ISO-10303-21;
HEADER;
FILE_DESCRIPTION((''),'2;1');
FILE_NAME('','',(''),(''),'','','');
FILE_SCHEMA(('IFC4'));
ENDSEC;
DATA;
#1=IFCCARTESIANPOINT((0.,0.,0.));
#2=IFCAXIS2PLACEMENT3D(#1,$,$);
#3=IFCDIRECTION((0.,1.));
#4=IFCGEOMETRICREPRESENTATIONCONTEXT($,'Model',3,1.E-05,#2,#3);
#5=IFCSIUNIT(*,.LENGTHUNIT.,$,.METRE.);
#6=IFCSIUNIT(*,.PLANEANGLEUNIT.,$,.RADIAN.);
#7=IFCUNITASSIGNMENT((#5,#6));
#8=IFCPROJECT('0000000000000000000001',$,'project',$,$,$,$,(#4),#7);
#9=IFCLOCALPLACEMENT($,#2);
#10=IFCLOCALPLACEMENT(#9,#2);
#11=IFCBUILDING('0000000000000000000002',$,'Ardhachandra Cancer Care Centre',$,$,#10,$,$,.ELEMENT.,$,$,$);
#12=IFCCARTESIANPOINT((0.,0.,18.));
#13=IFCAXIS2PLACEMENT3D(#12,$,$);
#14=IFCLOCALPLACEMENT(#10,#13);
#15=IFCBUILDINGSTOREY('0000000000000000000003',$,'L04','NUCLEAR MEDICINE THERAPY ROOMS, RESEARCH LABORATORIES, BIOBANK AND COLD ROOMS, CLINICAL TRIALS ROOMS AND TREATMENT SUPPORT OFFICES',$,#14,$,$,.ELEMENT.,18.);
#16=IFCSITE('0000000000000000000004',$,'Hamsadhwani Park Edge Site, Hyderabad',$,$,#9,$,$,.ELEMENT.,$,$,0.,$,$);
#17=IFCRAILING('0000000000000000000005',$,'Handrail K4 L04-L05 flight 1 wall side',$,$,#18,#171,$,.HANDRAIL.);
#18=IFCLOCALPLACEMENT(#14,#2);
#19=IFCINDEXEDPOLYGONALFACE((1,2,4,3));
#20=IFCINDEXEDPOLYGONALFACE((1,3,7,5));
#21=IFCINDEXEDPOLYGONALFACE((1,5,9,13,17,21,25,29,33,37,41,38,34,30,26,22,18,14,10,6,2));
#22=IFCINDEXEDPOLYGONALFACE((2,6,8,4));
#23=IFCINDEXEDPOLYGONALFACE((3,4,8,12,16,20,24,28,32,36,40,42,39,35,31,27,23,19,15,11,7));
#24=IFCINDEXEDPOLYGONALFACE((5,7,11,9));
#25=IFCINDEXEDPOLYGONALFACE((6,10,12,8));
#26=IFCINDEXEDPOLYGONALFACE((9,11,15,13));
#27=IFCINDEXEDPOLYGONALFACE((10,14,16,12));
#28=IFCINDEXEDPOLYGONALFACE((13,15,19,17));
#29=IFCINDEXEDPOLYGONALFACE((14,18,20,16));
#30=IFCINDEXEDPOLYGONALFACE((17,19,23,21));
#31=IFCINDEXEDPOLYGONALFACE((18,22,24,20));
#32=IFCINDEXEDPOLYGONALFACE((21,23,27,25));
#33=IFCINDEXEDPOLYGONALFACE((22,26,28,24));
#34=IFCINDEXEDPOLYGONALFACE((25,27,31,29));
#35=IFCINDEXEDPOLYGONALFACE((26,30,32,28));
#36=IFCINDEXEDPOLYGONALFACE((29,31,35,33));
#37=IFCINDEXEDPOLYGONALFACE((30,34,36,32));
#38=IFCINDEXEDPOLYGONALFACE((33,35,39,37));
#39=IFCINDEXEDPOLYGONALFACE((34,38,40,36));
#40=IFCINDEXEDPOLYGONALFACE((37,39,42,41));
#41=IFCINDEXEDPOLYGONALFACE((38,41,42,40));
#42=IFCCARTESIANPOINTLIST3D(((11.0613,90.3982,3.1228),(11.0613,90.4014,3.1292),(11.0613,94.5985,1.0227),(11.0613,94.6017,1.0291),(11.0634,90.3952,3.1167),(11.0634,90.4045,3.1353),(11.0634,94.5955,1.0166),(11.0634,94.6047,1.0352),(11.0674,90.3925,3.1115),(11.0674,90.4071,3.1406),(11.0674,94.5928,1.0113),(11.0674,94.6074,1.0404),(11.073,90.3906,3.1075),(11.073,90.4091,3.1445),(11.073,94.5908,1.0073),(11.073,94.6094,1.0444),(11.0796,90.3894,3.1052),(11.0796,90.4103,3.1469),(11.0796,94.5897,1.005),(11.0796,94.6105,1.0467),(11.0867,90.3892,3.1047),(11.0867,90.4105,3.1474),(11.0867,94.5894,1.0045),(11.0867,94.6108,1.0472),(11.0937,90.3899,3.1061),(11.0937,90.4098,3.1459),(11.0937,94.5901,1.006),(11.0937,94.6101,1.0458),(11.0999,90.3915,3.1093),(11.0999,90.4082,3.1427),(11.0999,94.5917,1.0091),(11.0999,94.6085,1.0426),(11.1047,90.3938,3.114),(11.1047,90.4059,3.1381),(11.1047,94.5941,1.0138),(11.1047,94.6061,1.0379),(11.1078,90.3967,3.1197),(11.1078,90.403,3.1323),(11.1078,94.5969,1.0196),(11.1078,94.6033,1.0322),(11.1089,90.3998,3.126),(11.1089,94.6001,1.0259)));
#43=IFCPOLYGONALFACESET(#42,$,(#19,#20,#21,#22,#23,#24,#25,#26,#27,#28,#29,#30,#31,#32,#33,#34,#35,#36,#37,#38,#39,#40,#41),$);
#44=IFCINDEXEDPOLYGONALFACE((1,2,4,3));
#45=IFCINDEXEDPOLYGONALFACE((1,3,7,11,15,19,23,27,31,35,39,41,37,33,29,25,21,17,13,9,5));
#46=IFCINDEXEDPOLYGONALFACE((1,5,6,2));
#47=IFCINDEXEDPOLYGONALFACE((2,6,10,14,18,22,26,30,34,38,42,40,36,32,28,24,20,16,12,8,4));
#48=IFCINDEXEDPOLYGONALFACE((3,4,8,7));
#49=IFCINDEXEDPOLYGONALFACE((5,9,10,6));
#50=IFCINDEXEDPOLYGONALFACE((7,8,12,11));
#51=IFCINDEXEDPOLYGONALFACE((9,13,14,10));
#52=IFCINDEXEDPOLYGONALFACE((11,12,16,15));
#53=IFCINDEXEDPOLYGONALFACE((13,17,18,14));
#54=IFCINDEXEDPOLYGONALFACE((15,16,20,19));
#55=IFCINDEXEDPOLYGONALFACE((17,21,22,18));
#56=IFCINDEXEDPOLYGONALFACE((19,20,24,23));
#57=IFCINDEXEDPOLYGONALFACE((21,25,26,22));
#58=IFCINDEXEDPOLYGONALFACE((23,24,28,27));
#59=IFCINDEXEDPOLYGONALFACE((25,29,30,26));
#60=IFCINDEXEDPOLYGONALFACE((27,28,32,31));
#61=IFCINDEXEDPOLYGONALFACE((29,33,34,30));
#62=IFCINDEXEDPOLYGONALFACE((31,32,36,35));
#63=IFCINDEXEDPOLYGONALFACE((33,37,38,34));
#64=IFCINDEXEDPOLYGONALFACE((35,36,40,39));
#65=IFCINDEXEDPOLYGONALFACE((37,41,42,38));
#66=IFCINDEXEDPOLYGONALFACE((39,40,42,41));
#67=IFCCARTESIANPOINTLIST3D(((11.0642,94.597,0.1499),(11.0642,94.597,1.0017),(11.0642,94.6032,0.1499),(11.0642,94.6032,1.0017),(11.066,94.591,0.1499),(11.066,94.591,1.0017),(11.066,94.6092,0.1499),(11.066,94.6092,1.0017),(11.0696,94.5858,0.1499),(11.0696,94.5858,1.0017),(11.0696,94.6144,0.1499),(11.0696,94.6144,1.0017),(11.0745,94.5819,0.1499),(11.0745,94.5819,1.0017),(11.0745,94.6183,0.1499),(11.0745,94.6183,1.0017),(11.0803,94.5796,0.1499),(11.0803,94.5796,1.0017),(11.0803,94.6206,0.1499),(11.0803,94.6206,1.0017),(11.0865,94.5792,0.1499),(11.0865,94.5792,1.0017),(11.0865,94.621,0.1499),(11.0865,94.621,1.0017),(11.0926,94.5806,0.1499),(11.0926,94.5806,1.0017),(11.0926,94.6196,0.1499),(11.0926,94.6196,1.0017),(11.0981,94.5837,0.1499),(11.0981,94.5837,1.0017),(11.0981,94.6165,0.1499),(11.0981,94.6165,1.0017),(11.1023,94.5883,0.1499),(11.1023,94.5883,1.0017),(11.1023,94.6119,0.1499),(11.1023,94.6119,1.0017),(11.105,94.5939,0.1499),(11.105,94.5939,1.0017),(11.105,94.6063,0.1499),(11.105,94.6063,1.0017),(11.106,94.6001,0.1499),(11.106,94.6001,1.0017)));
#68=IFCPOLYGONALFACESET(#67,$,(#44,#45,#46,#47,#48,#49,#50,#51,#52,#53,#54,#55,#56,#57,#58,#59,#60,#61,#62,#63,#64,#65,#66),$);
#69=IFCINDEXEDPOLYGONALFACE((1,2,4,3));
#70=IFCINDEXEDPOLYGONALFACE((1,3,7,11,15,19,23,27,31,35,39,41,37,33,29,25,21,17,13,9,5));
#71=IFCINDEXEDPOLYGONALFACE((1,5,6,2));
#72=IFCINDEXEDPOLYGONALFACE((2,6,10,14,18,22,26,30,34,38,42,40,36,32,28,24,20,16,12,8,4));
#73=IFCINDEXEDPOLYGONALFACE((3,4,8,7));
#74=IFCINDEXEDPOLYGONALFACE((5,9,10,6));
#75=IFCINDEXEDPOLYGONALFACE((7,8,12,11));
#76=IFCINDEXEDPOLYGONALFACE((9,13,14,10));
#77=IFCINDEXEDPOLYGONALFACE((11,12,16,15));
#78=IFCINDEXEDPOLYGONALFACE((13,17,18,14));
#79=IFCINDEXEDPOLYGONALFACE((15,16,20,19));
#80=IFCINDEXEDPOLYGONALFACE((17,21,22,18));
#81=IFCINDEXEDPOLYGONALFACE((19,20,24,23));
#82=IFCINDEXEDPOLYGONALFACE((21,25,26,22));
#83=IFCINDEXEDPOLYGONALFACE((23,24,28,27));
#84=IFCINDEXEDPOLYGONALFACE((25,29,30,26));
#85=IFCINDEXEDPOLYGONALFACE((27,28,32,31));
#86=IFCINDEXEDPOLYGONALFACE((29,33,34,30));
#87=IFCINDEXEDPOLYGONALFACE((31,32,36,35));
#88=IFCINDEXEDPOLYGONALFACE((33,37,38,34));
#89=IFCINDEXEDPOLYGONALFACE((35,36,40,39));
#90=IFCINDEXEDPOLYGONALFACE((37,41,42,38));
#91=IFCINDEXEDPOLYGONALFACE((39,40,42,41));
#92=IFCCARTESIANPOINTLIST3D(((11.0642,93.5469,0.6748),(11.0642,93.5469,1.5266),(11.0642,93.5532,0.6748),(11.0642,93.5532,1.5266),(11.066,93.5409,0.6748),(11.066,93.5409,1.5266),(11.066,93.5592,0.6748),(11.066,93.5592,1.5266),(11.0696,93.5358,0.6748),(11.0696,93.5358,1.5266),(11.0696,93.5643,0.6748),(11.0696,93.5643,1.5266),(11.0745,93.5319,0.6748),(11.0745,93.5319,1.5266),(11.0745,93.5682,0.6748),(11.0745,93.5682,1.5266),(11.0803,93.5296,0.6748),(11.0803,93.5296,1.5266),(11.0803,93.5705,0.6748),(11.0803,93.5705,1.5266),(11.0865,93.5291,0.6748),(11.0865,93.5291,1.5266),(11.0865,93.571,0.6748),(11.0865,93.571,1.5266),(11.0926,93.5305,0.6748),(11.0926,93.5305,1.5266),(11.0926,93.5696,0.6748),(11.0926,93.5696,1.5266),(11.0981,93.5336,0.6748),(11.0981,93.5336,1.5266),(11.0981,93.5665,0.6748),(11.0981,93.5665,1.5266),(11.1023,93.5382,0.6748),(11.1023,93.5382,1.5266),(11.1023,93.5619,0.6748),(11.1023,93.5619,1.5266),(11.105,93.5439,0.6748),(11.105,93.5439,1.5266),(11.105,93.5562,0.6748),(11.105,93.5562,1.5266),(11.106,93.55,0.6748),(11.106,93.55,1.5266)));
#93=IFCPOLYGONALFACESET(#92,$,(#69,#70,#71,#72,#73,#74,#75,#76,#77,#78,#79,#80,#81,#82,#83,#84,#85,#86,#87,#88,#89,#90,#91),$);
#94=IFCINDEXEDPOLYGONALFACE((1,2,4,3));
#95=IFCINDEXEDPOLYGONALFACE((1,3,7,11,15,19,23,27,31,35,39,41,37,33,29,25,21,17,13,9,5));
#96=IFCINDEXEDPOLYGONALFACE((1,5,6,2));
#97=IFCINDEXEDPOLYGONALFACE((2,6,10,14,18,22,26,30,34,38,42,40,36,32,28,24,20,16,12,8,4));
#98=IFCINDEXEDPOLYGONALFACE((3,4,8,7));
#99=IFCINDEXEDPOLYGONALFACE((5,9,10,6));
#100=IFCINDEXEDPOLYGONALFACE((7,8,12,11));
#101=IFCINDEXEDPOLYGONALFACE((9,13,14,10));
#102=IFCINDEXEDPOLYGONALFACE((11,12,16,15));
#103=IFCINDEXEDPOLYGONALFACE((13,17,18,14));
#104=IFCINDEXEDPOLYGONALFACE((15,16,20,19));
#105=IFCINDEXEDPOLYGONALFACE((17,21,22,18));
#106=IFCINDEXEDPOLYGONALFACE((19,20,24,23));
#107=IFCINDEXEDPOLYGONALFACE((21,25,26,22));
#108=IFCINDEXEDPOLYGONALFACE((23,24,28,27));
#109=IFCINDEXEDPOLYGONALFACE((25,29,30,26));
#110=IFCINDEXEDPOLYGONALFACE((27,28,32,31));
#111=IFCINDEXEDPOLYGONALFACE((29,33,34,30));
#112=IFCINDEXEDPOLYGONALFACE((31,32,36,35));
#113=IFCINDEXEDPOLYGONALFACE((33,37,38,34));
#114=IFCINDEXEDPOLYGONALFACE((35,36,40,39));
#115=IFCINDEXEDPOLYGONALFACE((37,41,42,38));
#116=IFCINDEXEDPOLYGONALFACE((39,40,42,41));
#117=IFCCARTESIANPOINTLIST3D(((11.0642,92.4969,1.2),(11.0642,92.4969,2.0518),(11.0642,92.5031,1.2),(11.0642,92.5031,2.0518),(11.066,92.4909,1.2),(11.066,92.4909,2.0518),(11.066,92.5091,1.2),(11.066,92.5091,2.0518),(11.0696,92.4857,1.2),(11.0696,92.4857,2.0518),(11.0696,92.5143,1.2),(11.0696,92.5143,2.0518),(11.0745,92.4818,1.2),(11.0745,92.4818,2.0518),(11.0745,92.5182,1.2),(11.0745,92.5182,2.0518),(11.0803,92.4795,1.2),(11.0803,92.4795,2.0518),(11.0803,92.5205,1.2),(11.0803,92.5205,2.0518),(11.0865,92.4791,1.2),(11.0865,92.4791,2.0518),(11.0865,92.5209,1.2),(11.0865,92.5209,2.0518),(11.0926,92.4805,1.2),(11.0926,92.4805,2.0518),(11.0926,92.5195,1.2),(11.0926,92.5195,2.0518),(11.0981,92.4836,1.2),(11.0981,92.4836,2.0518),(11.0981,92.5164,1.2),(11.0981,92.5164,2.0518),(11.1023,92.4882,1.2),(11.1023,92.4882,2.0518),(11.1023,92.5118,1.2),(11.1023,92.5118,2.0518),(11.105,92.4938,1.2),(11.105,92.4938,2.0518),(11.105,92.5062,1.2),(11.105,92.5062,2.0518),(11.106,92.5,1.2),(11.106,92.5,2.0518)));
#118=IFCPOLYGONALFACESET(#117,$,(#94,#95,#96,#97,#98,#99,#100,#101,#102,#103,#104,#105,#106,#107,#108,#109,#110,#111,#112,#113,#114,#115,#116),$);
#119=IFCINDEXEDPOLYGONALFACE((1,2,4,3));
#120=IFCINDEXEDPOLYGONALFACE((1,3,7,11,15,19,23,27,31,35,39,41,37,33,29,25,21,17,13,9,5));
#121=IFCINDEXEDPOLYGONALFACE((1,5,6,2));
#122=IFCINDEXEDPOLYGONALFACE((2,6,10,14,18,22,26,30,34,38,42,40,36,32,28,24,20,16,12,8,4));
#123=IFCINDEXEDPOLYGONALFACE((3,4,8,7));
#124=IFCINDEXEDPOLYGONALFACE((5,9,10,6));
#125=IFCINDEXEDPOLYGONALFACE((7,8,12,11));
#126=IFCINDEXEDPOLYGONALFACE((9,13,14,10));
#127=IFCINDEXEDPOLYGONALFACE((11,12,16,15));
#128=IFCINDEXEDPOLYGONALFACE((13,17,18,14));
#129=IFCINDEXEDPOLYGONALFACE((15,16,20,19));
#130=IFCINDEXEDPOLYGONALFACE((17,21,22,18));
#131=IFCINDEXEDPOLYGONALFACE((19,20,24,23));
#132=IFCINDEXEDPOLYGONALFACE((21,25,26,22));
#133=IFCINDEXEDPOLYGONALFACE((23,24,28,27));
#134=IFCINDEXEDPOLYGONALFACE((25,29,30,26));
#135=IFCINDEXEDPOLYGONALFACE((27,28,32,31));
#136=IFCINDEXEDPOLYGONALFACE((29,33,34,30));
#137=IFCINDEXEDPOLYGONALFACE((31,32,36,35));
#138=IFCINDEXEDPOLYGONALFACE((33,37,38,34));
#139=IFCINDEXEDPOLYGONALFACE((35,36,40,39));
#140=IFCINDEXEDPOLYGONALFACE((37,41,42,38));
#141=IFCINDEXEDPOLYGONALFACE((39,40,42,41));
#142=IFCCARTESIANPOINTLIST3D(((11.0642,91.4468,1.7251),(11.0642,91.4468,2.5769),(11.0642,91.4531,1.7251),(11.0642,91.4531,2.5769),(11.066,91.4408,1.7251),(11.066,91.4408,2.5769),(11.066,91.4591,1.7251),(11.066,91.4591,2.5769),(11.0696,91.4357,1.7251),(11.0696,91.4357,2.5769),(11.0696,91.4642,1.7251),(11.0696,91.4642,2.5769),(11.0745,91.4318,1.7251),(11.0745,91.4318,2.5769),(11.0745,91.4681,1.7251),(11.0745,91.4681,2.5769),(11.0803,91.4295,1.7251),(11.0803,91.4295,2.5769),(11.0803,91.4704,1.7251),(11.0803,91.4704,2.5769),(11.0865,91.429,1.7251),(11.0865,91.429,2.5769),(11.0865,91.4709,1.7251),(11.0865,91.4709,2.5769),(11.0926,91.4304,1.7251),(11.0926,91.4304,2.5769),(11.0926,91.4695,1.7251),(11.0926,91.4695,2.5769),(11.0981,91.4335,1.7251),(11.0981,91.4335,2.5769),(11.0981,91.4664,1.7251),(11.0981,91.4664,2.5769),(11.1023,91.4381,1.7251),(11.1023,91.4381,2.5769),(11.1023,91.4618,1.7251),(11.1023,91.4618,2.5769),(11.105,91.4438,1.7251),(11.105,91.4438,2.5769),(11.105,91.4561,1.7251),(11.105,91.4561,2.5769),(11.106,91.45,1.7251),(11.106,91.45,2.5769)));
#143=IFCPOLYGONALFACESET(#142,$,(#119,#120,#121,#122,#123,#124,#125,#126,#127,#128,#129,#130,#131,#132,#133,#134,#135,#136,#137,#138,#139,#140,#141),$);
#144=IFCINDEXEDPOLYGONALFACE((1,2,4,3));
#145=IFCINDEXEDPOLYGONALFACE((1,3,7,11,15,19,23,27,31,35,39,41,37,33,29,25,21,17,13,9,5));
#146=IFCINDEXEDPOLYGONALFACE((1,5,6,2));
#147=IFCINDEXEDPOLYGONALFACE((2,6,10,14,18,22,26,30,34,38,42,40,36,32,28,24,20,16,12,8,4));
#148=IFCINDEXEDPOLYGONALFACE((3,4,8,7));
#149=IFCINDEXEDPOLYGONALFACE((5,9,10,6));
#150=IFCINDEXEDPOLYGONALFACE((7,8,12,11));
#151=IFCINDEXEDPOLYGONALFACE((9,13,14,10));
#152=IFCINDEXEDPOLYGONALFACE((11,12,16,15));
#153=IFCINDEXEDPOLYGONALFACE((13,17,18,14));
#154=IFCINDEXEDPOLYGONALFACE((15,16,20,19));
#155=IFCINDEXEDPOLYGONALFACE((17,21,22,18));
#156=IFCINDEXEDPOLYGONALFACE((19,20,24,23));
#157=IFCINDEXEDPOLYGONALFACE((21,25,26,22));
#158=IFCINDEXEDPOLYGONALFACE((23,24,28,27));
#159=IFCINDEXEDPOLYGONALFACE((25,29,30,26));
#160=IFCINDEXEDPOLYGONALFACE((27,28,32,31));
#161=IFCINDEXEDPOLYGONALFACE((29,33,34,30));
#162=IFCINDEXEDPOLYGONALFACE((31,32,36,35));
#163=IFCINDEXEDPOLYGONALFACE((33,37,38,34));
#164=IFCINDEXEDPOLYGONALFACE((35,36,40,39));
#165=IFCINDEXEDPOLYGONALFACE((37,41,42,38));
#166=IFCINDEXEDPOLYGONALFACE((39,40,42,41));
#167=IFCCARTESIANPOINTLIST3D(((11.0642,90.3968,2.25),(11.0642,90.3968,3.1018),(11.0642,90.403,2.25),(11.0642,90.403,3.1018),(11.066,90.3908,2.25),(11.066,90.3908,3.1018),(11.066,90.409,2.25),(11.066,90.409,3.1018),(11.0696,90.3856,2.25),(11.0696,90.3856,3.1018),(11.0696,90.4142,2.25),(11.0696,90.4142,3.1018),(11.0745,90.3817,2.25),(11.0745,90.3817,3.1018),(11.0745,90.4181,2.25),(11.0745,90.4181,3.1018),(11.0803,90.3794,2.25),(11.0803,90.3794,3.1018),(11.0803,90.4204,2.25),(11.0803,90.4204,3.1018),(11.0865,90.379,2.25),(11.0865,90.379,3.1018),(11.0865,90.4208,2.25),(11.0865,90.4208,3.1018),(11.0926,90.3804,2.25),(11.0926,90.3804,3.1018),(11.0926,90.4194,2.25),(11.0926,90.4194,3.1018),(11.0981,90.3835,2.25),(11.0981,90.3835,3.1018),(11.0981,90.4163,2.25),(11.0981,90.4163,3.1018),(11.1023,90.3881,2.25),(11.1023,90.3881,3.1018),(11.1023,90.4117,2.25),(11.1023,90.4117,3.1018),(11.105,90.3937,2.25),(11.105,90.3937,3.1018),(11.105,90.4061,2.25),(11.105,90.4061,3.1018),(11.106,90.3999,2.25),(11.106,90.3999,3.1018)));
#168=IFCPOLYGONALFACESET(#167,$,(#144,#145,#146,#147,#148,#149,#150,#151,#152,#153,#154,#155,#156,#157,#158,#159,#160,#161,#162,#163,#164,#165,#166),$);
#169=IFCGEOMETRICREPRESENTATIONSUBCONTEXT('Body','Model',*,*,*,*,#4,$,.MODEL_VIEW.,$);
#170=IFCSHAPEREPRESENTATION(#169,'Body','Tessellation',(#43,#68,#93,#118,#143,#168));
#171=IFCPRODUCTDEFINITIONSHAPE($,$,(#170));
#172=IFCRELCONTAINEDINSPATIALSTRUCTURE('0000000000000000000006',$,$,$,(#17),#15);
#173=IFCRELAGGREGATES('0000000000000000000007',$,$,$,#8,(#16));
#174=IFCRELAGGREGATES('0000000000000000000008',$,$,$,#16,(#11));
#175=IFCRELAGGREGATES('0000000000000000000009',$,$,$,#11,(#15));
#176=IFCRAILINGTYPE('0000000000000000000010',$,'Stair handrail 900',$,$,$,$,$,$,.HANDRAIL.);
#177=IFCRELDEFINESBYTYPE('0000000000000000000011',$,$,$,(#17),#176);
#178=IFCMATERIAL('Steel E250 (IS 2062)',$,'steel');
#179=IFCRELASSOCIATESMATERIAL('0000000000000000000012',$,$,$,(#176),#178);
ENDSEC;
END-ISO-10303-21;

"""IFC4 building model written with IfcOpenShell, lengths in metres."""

from ifc_helpers import new_model, si_unit, direction, frame, origin, origin_2d, place, context, subcontext, project, spatial, circle, extrude, material, type_object, element, save


model = new_model("IFC4")

# Units and contexts
model_context = context("Model", 3, precision=1e-05, world=origin(), true_north=direction((0.0, 1.0)))
body_context = subcontext(model_context, "Body", "Model", "MODEL_VIEW")
ifc_project = project(units=[si_unit("LENGTHUNIT", "METRE"), si_unit("PLANEANGLEUNIT", "RADIAN")], contexts=[model_context])

# Site, building, storey
site_placement = place(None, origin())
site = spatial("IfcSite", under=ifc_project, at=site_placement, Name="Hamsadhwani Park Edge Site, Hyderabad", CompositionType="ELEMENT", RefElevation=0.0)
building_placement = place(site_placement, origin())
building = spatial("IfcBuilding", under=site, at=building_placement, Name="Ardhachandra Cancer Care Centre", CompositionType="ELEMENT")
storey_placement = place(building_placement, frame((0.0, 0.0, 18.0)))
storey = spatial("IfcBuildingStorey", under=building, at=storey_placement, Name="L04", Description="NUCLEAR MEDICINE THERAPY ROOMS, RESEARCH LABORATORIES, BIOBANK AND COLD ROOMS, CLINICAL TRIALS ROOMS AND TREATMENT SUPPORT OFFICES", CompositionType="ELEMENT", Elevation=18.0)

# Railing
ifc_material_1 = material(Name="Steel E250 (IS 2062)", Category="steel")
railing_type_1 = type_object("IfcRailingType", Name="Stair handrail 900", PredefinedType="HANDRAIL", material=ifc_material_1)
for number, where, name in (
    (1, (11.085, 94.6001, 0.1499), "Handrail K4 L04-L05 flight 1 wall side"),
):
    element("IfcRailing", number, at=place(storey_placement, frame(where)), inside=storey, type_object=railing_type_1, Name=name, PredefinedType="HANDRAIL", context=body_context, shape_type="SweptSolid", body=[
        extrude(circle(Radius=0.0239, at=origin_2d()), frame((0.0, 0.0, 0.876), z_axis=(0.0, -0.894427, 0.447214), x_axis=(1.0, 0.0, 0.0)), (0.0, 0.0, 1.0), 4.696),
        extrude(circle(Radius=0.021, at=origin_2d()), origin(), (0.0, 0.0, 1.0), 0.8518),
        extrude(circle(Radius=0.021, at=origin_2d()), frame((0.0, -1.05, 0.5249)), (0.0, 0.0, 1.0), 0.8518),
        extrude(circle(Radius=0.021, at=origin_2d()), frame((0.0, -2.1001, 1.05)), (0.0, 0.0, 1.0), 0.8518),
        extrude(circle(Radius=0.021, at=origin_2d()), frame((0.0, -3.1501, 1.5752)), (0.0, 0.0, 1.0), 0.8518),
        extrude(circle(Radius=0.021, at=origin_2d()), frame((0.0, -4.2002, 2.1001)), (0.0, 0.0, 1.0), 0.8518),
    ])

save(model, "model.ifc")
